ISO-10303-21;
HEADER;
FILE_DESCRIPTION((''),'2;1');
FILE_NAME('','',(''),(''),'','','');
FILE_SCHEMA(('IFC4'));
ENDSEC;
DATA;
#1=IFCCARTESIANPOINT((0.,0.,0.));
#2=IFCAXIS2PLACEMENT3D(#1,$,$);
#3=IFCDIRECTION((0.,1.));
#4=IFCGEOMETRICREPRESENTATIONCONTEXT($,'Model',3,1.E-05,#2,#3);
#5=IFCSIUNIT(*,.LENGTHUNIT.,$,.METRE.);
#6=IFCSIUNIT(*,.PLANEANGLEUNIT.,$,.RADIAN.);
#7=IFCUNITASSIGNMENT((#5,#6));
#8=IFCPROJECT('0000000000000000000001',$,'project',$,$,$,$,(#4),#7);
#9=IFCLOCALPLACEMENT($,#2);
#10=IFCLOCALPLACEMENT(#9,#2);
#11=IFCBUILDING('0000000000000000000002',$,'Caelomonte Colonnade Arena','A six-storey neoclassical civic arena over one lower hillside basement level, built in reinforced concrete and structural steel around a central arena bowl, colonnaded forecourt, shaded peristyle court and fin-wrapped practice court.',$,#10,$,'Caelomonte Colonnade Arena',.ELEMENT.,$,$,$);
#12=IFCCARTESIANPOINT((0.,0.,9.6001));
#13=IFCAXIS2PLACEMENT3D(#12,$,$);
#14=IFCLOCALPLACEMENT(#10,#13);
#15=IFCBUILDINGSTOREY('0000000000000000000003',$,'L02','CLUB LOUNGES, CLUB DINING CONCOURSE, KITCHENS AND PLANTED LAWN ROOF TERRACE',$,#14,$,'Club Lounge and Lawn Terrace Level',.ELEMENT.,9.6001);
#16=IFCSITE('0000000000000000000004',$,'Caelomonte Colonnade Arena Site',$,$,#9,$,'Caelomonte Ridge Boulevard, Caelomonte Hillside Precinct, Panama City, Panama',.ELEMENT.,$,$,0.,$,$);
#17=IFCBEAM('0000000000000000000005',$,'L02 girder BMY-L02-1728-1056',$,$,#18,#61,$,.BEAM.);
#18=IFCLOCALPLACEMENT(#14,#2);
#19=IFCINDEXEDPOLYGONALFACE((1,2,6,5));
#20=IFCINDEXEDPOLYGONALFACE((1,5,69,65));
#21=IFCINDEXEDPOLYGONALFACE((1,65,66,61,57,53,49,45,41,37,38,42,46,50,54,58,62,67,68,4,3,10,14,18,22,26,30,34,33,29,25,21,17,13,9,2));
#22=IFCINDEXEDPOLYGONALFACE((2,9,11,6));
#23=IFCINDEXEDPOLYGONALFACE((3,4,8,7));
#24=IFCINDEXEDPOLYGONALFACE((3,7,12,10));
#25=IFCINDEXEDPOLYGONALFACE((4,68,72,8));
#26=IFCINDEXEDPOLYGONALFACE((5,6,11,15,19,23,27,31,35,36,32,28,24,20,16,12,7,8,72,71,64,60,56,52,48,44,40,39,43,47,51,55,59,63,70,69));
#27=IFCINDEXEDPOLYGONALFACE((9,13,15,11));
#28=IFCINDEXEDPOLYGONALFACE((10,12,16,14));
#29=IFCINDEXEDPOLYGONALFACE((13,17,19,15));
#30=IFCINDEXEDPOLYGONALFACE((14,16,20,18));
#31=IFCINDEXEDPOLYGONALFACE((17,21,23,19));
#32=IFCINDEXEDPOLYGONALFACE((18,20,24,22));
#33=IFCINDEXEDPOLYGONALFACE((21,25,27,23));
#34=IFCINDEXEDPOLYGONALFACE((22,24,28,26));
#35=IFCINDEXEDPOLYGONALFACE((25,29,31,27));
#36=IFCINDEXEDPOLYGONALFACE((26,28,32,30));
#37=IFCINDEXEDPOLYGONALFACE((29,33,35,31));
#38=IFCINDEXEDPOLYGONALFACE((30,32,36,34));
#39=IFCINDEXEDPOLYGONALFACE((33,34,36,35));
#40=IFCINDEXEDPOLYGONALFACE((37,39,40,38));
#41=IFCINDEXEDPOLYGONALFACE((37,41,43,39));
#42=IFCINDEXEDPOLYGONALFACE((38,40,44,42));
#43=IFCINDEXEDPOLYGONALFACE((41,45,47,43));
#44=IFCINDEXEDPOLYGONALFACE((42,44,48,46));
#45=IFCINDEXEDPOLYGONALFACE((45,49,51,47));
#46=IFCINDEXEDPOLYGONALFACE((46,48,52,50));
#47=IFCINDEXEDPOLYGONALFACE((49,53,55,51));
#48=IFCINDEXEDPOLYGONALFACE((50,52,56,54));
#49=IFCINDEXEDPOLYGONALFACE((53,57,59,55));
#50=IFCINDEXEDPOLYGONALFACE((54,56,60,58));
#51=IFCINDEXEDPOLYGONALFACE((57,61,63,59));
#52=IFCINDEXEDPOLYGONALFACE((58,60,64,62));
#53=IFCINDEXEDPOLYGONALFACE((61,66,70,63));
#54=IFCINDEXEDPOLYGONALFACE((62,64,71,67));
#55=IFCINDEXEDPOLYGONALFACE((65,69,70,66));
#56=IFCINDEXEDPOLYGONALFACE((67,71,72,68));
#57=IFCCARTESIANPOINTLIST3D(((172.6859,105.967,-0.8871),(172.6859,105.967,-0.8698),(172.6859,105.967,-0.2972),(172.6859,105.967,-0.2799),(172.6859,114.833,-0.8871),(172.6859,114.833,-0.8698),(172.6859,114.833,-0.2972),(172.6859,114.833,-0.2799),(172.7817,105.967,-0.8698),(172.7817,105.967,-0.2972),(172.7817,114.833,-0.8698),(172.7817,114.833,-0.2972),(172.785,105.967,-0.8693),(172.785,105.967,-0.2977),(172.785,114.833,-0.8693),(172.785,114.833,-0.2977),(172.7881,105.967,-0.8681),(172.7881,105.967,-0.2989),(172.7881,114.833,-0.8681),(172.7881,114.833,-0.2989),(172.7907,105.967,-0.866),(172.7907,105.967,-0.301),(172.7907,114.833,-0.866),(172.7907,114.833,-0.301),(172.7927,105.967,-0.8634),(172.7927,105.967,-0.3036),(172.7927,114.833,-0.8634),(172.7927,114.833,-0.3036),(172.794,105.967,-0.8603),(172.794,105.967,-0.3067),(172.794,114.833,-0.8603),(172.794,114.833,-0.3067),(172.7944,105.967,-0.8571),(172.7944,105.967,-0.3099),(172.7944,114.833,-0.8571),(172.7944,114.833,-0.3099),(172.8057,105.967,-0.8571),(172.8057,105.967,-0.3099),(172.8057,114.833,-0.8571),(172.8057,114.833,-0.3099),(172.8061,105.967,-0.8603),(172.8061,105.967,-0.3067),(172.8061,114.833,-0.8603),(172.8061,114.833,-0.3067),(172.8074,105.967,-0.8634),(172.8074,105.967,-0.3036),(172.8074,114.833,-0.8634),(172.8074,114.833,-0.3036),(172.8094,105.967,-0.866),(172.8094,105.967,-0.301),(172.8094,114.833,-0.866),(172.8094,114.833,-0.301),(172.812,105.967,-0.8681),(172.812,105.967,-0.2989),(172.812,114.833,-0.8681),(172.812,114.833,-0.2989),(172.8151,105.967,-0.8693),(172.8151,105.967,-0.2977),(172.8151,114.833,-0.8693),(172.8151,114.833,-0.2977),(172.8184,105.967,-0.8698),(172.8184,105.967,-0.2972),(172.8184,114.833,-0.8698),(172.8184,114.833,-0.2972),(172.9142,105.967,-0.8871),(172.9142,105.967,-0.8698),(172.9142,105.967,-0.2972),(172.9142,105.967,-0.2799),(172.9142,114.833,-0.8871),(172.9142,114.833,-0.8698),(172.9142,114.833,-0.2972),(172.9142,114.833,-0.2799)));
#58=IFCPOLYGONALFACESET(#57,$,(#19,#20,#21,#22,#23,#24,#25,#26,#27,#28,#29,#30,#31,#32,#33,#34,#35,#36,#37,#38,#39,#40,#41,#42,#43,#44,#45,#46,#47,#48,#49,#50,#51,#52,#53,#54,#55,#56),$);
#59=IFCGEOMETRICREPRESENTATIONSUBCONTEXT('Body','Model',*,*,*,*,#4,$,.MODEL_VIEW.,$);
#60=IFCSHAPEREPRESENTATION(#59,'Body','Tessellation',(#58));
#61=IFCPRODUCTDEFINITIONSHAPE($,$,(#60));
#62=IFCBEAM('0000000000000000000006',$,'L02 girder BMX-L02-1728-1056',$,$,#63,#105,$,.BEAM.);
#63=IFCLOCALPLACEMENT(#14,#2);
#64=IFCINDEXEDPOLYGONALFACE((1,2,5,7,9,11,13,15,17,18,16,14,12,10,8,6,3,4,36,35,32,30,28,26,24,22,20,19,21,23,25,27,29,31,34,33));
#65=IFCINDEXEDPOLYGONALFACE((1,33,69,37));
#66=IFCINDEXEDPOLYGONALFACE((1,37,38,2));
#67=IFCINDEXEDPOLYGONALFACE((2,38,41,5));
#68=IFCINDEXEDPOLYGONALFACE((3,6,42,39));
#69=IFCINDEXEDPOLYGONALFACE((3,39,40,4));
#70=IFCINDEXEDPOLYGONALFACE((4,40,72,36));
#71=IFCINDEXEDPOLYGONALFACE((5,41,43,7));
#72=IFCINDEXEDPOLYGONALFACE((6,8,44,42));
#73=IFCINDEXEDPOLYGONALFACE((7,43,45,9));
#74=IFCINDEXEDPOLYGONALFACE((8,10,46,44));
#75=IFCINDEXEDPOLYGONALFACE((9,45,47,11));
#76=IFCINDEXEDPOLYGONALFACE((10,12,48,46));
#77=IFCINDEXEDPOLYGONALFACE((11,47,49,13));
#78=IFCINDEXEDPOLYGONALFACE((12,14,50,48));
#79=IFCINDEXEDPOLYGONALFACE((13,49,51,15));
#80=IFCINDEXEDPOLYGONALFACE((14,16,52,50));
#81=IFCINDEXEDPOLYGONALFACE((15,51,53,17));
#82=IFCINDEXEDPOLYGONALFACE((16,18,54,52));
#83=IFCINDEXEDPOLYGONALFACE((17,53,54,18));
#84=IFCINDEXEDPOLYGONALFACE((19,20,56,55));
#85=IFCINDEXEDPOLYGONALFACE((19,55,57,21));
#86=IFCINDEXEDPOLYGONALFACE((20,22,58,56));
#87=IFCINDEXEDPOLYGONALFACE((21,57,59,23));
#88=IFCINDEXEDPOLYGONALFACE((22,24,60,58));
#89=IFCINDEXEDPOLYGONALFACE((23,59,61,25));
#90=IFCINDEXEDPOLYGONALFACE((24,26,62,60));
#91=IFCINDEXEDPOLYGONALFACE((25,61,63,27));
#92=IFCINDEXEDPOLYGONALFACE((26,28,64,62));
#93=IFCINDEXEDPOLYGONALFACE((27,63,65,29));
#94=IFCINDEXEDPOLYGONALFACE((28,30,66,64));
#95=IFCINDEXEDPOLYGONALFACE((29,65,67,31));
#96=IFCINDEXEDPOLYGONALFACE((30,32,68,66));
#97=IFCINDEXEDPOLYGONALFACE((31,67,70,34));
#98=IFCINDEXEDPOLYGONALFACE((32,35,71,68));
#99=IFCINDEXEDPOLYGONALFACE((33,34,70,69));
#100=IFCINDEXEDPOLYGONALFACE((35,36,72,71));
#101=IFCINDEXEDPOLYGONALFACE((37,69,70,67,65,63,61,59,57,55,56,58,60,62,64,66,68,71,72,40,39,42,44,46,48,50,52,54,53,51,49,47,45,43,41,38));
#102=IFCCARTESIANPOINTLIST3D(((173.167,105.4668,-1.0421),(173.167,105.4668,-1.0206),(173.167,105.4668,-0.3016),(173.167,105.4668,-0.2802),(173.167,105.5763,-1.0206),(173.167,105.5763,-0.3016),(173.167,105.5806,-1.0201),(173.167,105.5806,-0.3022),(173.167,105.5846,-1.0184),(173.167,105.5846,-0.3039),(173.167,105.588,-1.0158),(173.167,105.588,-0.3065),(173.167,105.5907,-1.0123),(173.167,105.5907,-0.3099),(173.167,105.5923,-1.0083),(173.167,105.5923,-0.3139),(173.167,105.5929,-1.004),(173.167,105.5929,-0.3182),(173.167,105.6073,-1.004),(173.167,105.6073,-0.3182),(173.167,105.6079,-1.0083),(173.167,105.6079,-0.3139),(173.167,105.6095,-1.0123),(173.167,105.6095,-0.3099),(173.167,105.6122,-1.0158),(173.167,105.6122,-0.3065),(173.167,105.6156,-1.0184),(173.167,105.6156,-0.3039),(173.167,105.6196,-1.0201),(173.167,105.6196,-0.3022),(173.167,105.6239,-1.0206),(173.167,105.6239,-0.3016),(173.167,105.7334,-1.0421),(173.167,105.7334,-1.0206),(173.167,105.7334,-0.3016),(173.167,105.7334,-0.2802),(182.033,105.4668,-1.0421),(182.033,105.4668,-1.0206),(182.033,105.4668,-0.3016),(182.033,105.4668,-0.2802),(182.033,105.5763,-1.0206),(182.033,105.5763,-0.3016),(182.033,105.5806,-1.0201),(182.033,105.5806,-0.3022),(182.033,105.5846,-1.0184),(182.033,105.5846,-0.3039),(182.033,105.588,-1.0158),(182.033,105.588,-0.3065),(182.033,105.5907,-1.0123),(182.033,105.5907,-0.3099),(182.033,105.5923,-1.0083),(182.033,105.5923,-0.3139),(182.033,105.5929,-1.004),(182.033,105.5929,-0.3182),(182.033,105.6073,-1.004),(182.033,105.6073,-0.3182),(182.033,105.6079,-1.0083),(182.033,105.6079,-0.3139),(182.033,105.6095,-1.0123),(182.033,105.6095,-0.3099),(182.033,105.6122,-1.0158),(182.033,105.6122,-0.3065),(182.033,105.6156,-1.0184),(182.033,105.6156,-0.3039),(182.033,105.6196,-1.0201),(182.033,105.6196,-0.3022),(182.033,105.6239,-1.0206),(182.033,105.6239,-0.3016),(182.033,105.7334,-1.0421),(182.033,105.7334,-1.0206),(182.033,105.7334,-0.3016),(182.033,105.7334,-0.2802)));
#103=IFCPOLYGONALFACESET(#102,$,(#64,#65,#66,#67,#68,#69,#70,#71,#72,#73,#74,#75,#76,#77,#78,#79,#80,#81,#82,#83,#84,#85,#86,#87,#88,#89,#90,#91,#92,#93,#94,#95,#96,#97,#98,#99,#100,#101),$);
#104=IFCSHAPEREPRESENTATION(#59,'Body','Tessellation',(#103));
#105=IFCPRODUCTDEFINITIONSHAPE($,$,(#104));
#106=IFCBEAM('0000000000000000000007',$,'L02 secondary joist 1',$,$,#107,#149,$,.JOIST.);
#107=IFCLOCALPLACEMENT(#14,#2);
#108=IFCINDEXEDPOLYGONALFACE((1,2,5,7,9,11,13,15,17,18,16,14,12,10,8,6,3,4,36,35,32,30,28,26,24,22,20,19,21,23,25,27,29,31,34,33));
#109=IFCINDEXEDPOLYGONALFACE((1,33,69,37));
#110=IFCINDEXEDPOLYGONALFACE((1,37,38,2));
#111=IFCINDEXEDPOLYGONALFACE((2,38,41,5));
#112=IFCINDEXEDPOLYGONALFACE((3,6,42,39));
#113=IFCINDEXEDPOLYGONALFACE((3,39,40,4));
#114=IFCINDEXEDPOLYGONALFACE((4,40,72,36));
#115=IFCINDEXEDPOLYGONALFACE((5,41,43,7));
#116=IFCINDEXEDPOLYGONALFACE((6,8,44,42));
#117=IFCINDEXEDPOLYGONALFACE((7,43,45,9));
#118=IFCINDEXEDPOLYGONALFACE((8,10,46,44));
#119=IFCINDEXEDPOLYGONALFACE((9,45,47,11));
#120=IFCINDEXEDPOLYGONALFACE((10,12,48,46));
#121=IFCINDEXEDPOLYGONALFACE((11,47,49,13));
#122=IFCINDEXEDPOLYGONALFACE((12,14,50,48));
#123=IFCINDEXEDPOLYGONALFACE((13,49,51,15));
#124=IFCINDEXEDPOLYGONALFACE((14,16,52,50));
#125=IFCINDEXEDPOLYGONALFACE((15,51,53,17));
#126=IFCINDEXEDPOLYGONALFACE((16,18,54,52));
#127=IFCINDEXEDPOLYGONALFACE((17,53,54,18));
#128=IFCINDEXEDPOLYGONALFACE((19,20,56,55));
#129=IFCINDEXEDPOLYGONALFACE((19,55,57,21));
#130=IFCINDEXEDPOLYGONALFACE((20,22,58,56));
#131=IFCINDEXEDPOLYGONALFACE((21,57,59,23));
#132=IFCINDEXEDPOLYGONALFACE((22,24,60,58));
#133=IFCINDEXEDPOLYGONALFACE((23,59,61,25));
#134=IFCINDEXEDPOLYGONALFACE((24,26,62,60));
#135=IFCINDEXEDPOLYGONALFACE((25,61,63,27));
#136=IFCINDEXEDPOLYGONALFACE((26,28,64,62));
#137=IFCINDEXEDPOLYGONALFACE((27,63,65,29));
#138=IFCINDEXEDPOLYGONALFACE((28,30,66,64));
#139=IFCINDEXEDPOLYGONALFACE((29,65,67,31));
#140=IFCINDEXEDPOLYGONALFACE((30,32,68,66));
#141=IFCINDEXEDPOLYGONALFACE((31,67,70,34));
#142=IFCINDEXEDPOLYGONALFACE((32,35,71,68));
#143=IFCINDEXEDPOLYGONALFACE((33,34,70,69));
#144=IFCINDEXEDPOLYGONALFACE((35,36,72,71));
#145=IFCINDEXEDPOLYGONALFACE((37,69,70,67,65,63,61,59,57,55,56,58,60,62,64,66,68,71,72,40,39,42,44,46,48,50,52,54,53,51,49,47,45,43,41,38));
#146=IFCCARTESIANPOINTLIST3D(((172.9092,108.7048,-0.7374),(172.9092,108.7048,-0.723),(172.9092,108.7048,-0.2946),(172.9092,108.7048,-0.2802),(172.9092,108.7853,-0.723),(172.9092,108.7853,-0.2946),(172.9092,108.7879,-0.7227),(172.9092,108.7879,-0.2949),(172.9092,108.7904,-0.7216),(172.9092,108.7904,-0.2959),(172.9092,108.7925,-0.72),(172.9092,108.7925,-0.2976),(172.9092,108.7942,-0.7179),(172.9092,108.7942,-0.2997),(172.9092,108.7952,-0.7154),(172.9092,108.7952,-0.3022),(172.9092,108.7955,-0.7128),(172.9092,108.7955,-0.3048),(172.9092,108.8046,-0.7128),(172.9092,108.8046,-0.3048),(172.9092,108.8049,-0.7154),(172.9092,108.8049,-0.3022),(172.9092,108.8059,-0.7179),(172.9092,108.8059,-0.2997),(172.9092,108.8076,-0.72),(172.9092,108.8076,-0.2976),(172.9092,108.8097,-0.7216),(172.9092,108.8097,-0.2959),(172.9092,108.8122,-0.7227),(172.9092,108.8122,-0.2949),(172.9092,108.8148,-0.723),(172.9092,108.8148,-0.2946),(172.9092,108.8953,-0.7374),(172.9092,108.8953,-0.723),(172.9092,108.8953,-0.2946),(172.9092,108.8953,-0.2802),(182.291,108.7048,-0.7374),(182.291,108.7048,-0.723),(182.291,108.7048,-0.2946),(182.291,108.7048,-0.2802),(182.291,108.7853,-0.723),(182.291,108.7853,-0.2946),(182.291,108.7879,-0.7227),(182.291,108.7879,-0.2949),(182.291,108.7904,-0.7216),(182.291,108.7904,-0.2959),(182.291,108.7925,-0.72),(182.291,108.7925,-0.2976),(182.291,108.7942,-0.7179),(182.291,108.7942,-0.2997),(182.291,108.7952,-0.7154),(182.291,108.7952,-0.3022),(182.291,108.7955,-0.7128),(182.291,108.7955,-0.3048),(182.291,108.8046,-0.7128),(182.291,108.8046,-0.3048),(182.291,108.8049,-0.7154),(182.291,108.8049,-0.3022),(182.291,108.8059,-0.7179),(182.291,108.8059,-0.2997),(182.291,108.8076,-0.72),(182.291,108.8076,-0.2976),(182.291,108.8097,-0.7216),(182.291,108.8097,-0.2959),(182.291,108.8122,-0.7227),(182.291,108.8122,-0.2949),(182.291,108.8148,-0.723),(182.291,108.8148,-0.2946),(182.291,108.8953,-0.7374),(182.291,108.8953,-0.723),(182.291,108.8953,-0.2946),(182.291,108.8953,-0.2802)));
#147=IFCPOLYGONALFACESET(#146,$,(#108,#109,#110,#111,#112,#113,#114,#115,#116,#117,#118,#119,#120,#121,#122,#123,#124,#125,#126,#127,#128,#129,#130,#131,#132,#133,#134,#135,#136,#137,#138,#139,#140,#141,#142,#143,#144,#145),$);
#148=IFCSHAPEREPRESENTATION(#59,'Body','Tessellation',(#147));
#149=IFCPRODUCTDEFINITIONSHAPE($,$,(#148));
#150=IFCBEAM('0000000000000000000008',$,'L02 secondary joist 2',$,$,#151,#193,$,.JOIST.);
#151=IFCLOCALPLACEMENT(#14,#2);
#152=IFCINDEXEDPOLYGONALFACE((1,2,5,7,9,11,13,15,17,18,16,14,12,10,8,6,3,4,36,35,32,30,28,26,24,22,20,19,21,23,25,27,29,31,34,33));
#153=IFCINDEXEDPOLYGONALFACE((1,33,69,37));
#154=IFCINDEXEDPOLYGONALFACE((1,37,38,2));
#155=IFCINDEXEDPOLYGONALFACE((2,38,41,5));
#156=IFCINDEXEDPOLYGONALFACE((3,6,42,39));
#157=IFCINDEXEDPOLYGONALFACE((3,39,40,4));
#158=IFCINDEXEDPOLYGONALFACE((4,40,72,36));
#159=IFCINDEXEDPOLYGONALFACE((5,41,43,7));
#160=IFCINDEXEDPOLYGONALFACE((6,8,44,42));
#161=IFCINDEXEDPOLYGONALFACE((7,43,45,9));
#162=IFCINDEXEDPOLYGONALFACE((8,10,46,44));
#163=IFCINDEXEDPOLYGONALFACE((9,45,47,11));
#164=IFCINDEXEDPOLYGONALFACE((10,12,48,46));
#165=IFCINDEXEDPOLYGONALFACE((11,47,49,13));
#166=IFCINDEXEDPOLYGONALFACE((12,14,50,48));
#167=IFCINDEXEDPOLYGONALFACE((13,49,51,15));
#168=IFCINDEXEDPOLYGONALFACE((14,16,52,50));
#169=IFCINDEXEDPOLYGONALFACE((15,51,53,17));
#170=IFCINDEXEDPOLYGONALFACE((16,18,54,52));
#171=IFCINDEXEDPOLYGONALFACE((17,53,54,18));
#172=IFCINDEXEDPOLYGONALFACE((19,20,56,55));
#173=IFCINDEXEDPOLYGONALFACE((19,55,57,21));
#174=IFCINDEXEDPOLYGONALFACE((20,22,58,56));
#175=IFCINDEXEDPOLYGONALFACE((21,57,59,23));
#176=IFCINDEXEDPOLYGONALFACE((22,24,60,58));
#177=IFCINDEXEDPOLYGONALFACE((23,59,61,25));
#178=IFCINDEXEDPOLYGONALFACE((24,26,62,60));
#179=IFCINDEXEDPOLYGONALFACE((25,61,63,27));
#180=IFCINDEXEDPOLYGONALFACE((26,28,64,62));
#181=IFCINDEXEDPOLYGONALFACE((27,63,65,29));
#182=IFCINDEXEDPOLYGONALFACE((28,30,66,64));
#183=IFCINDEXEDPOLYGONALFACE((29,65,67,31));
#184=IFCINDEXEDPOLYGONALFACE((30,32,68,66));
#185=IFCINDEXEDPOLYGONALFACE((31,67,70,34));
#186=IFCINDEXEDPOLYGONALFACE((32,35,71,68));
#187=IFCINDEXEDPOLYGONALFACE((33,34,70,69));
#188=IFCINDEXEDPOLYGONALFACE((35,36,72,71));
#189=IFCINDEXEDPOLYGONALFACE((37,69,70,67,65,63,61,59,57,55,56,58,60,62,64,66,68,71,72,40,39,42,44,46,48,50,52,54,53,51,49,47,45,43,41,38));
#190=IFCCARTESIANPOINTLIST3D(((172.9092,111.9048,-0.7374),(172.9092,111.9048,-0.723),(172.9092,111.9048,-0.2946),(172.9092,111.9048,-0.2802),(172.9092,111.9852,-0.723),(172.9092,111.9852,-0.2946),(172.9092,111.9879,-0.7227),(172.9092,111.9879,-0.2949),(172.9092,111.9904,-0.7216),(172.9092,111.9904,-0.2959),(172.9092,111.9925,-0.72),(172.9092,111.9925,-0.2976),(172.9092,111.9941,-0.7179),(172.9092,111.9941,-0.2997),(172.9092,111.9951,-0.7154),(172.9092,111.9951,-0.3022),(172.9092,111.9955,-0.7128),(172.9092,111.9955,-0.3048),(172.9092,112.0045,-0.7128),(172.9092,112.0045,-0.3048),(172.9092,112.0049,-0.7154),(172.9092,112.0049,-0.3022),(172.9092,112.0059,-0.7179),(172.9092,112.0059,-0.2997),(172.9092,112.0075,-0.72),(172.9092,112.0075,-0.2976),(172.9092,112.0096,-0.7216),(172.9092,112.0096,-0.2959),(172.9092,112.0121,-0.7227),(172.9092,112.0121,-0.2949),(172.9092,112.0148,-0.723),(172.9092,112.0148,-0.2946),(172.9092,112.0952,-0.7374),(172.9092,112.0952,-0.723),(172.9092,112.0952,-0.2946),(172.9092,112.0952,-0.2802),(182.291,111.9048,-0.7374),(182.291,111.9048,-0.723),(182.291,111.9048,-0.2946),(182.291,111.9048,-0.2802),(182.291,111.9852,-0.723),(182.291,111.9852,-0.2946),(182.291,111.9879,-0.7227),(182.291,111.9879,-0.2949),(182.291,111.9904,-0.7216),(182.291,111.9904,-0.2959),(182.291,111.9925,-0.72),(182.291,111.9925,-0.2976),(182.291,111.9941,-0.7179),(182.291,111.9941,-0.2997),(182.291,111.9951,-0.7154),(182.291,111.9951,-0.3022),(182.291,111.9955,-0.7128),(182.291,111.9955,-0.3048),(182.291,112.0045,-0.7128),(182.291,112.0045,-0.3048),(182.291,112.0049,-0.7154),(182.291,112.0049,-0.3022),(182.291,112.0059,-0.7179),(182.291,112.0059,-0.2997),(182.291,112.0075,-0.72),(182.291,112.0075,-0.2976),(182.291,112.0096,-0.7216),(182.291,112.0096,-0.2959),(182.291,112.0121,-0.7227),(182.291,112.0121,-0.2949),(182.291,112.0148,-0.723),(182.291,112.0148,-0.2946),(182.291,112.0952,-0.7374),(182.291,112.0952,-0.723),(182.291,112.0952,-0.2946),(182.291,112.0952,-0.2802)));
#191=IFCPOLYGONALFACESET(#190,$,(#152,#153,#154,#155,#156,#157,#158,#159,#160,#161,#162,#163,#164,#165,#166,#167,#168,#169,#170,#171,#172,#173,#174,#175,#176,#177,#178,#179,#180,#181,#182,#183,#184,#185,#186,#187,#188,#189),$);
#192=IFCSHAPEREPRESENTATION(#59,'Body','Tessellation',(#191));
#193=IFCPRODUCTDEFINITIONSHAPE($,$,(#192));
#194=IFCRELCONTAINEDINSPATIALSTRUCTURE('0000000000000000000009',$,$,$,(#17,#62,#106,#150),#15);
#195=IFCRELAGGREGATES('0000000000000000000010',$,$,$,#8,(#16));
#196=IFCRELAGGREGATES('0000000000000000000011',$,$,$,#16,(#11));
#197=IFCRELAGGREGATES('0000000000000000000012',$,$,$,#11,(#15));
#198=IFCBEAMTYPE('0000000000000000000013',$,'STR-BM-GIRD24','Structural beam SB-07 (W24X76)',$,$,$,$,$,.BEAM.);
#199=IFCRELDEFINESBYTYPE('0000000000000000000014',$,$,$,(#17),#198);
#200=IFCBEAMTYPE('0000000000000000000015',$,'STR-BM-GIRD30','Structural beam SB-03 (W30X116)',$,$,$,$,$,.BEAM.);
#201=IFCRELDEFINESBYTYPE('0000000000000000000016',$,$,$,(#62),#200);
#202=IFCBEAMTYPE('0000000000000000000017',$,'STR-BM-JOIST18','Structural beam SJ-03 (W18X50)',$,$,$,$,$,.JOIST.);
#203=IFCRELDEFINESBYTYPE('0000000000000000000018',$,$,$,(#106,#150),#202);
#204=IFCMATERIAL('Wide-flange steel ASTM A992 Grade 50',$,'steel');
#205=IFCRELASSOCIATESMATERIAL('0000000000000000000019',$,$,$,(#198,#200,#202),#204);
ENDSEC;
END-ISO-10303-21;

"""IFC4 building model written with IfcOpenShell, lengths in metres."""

from ifc_helpers import new_model, si_unit, direction, frame, origin, origin_2d, place, context, subcontext, project, spatial, i_section, extrude, material, material_profile, profile_set, type_object, element, save


model = new_model("IFC4")

# Units and contexts
model_context = context("Model", 3, precision=1e-05, world=origin(), true_north=direction((0.0, 1.0)))
body_context = subcontext(model_context, "Body", "Model", "MODEL_VIEW")
ifc_project = project(units=[si_unit("LENGTHUNIT", "METRE"), si_unit("PLANEANGLEUNIT", "RADIAN")], contexts=[model_context])

# Site, building, storey
site_placement = place(None, origin())
site = spatial("IfcSite", under=ifc_project, at=site_placement, Name="Caelomonte Colonnade Arena Site", LongName="Caelomonte Ridge Boulevard, Caelomonte Hillside Precinct, Panama City, Panama", CompositionType="ELEMENT", RefElevation=0.0)
building_placement = place(site_placement, origin())
building = spatial("IfcBuilding", under=site, at=building_placement, Name="Caelomonte Colonnade Arena", Description="A six-storey neoclassical civic arena over one lower hillside basement level, built in reinforced concrete and structural steel around a central arena bowl, colonnaded forecourt, shaded peristyle court and fin-wrapped practice court.", LongName="Caelomonte Colonnade Arena", CompositionType="ELEMENT")
storey_placement = place(building_placement, frame((0.0, 0.0, 9.6001)))
storey = spatial("IfcBuildingStorey", under=building, at=storey_placement, Name="L02", Description="CLUB LOUNGES, CLUB DINING CONCOURSE, KITCHENS AND PLANTED LAWN ROOF TERRACE", LongName="Club Lounge and Lawn Terrace Level", CompositionType="ELEMENT", Elevation=9.6001)

# Beams
ifc_material_1 = material(Name="Wide-flange steel ASTM A992 Grade 50", Category="steel")
ifc_material_profile_1 = material_profile(ifc_material_1, i_section(OverallWidth=0.2283, OverallDepth=0.6072, WebThickness=0.0112, FlangeThickness=0.0173, FilletRadius=0.0127, at=origin_2d()), Name="W24X76")
ifc_profile_set_1 = profile_set([ifc_material_profile_1], Name="Wide-flange steel ASTM A992 Grade 50")
beam_type_1 = type_object("IfcBeamType", Name="STR-BM-GIRD24", Description="Structural beam SB-07 (W24X76)", PredefinedType="BEAM", material=ifc_profile_set_1)
beam_1_placement = place(storey_placement, frame((172.8, 105.967, -0.5835), z_axis=(0.0, 1.0, 0.0), x_axis=(-1.0, 0.0, 0.0)))
element("IfcBeam", 1, at=beam_1_placement, inside=storey, type_object=beam_type_1, Name="L02 girder BMY-L02-1728-1056", PredefinedType="BEAM", context=body_context, shape_type="SweptSolid", body=[
    extrude(i_section(OverallWidth=0.2283, OverallDepth=0.6072, WebThickness=0.0112, FlangeThickness=0.0173, FilletRadius=0.0127, at=origin_2d()), origin(), (0.0, 0.0, 1.0), 8.866),
])
ifc_material_profile_2 = material_profile(ifc_material_1, i_section(OverallWidth=0.2666, OverallDepth=0.762, WebThickness=0.0144, FlangeThickness=0.0215, FilletRadius=0.0166, at=origin_2d()), Name="W30X116")
ifc_profile_set_2 = profile_set([ifc_material_profile_2], Name="Wide-flange steel ASTM A992 Grade 50")
beam_type_2 = type_object("IfcBeamType", Name="STR-BM-GIRD30", Description="Structural beam SB-03 (W30X116)", PredefinedType="BEAM", material=ifc_profile_set_2)
beam_2_placement = place(storey_placement, frame((173.167, 105.6001, -0.6611), z_axis=(1.0, 0.0, 0.0), x_axis=(0.0, 1.0, 0.0)))
element("IfcBeam", 2, at=beam_2_placement, inside=storey, type_object=beam_type_2, Name="L02 girder BMX-L02-1728-1056", PredefinedType="BEAM", context=body_context, shape_type="SweptSolid", body=[
    extrude(i_section(OverallWidth=0.2666, OverallDepth=0.762, WebThickness=0.0144, FlangeThickness=0.0215, FilletRadius=0.0166, at=origin_2d()), origin(), (0.0, 0.0, 1.0), 8.866),
])
ifc_material_profile_3 = material_profile(ifc_material_1, i_section(OverallWidth=0.1904, OverallDepth=0.4573, WebThickness=0.009, FlangeThickness=0.0144, FilletRadius=0.0103, at=origin_2d()), Name="W18X50")
ifc_profile_set_3 = profile_set([ifc_material_profile_3], Name="Wide-flange steel ASTM A992 Grade 50")
beam_type_3 = type_object("IfcBeamType", Name="STR-BM-JOIST18", Description="Structural beam SJ-03 (W18X50)", PredefinedType="JOIST", material=ifc_profile_set_3)
for number, where, z_axis, x_axis, name in (
    (3, (172.9092, 108.8, -0.5088), (1.0, 0.0, 0.0), (0.0, 1.0, 0.0), "L02 secondary joist 1"),
    (4, (172.9092, 112.0, -0.5088), (1.0, 0.0, 0.0), (0.0, 1.0, 0.0), "L02 secondary joist 2"),
):
    element("IfcBeam", number, at=place(storey_placement, frame(where, z_axis=z_axis, x_axis=x_axis)), inside=storey, type_object=beam_type_3, Name=name, PredefinedType="JOIST", context=body_context, shape_type="SweptSolid", body=[
        extrude(i_section(OverallWidth=0.1904, OverallDepth=0.4573, WebThickness=0.009, FlangeThickness=0.0144, FilletRadius=0.0103, at=origin_2d()), origin(), (0.0, 0.0, 1.0), 9.3818),
    ])

save(model, "model.ifc")
